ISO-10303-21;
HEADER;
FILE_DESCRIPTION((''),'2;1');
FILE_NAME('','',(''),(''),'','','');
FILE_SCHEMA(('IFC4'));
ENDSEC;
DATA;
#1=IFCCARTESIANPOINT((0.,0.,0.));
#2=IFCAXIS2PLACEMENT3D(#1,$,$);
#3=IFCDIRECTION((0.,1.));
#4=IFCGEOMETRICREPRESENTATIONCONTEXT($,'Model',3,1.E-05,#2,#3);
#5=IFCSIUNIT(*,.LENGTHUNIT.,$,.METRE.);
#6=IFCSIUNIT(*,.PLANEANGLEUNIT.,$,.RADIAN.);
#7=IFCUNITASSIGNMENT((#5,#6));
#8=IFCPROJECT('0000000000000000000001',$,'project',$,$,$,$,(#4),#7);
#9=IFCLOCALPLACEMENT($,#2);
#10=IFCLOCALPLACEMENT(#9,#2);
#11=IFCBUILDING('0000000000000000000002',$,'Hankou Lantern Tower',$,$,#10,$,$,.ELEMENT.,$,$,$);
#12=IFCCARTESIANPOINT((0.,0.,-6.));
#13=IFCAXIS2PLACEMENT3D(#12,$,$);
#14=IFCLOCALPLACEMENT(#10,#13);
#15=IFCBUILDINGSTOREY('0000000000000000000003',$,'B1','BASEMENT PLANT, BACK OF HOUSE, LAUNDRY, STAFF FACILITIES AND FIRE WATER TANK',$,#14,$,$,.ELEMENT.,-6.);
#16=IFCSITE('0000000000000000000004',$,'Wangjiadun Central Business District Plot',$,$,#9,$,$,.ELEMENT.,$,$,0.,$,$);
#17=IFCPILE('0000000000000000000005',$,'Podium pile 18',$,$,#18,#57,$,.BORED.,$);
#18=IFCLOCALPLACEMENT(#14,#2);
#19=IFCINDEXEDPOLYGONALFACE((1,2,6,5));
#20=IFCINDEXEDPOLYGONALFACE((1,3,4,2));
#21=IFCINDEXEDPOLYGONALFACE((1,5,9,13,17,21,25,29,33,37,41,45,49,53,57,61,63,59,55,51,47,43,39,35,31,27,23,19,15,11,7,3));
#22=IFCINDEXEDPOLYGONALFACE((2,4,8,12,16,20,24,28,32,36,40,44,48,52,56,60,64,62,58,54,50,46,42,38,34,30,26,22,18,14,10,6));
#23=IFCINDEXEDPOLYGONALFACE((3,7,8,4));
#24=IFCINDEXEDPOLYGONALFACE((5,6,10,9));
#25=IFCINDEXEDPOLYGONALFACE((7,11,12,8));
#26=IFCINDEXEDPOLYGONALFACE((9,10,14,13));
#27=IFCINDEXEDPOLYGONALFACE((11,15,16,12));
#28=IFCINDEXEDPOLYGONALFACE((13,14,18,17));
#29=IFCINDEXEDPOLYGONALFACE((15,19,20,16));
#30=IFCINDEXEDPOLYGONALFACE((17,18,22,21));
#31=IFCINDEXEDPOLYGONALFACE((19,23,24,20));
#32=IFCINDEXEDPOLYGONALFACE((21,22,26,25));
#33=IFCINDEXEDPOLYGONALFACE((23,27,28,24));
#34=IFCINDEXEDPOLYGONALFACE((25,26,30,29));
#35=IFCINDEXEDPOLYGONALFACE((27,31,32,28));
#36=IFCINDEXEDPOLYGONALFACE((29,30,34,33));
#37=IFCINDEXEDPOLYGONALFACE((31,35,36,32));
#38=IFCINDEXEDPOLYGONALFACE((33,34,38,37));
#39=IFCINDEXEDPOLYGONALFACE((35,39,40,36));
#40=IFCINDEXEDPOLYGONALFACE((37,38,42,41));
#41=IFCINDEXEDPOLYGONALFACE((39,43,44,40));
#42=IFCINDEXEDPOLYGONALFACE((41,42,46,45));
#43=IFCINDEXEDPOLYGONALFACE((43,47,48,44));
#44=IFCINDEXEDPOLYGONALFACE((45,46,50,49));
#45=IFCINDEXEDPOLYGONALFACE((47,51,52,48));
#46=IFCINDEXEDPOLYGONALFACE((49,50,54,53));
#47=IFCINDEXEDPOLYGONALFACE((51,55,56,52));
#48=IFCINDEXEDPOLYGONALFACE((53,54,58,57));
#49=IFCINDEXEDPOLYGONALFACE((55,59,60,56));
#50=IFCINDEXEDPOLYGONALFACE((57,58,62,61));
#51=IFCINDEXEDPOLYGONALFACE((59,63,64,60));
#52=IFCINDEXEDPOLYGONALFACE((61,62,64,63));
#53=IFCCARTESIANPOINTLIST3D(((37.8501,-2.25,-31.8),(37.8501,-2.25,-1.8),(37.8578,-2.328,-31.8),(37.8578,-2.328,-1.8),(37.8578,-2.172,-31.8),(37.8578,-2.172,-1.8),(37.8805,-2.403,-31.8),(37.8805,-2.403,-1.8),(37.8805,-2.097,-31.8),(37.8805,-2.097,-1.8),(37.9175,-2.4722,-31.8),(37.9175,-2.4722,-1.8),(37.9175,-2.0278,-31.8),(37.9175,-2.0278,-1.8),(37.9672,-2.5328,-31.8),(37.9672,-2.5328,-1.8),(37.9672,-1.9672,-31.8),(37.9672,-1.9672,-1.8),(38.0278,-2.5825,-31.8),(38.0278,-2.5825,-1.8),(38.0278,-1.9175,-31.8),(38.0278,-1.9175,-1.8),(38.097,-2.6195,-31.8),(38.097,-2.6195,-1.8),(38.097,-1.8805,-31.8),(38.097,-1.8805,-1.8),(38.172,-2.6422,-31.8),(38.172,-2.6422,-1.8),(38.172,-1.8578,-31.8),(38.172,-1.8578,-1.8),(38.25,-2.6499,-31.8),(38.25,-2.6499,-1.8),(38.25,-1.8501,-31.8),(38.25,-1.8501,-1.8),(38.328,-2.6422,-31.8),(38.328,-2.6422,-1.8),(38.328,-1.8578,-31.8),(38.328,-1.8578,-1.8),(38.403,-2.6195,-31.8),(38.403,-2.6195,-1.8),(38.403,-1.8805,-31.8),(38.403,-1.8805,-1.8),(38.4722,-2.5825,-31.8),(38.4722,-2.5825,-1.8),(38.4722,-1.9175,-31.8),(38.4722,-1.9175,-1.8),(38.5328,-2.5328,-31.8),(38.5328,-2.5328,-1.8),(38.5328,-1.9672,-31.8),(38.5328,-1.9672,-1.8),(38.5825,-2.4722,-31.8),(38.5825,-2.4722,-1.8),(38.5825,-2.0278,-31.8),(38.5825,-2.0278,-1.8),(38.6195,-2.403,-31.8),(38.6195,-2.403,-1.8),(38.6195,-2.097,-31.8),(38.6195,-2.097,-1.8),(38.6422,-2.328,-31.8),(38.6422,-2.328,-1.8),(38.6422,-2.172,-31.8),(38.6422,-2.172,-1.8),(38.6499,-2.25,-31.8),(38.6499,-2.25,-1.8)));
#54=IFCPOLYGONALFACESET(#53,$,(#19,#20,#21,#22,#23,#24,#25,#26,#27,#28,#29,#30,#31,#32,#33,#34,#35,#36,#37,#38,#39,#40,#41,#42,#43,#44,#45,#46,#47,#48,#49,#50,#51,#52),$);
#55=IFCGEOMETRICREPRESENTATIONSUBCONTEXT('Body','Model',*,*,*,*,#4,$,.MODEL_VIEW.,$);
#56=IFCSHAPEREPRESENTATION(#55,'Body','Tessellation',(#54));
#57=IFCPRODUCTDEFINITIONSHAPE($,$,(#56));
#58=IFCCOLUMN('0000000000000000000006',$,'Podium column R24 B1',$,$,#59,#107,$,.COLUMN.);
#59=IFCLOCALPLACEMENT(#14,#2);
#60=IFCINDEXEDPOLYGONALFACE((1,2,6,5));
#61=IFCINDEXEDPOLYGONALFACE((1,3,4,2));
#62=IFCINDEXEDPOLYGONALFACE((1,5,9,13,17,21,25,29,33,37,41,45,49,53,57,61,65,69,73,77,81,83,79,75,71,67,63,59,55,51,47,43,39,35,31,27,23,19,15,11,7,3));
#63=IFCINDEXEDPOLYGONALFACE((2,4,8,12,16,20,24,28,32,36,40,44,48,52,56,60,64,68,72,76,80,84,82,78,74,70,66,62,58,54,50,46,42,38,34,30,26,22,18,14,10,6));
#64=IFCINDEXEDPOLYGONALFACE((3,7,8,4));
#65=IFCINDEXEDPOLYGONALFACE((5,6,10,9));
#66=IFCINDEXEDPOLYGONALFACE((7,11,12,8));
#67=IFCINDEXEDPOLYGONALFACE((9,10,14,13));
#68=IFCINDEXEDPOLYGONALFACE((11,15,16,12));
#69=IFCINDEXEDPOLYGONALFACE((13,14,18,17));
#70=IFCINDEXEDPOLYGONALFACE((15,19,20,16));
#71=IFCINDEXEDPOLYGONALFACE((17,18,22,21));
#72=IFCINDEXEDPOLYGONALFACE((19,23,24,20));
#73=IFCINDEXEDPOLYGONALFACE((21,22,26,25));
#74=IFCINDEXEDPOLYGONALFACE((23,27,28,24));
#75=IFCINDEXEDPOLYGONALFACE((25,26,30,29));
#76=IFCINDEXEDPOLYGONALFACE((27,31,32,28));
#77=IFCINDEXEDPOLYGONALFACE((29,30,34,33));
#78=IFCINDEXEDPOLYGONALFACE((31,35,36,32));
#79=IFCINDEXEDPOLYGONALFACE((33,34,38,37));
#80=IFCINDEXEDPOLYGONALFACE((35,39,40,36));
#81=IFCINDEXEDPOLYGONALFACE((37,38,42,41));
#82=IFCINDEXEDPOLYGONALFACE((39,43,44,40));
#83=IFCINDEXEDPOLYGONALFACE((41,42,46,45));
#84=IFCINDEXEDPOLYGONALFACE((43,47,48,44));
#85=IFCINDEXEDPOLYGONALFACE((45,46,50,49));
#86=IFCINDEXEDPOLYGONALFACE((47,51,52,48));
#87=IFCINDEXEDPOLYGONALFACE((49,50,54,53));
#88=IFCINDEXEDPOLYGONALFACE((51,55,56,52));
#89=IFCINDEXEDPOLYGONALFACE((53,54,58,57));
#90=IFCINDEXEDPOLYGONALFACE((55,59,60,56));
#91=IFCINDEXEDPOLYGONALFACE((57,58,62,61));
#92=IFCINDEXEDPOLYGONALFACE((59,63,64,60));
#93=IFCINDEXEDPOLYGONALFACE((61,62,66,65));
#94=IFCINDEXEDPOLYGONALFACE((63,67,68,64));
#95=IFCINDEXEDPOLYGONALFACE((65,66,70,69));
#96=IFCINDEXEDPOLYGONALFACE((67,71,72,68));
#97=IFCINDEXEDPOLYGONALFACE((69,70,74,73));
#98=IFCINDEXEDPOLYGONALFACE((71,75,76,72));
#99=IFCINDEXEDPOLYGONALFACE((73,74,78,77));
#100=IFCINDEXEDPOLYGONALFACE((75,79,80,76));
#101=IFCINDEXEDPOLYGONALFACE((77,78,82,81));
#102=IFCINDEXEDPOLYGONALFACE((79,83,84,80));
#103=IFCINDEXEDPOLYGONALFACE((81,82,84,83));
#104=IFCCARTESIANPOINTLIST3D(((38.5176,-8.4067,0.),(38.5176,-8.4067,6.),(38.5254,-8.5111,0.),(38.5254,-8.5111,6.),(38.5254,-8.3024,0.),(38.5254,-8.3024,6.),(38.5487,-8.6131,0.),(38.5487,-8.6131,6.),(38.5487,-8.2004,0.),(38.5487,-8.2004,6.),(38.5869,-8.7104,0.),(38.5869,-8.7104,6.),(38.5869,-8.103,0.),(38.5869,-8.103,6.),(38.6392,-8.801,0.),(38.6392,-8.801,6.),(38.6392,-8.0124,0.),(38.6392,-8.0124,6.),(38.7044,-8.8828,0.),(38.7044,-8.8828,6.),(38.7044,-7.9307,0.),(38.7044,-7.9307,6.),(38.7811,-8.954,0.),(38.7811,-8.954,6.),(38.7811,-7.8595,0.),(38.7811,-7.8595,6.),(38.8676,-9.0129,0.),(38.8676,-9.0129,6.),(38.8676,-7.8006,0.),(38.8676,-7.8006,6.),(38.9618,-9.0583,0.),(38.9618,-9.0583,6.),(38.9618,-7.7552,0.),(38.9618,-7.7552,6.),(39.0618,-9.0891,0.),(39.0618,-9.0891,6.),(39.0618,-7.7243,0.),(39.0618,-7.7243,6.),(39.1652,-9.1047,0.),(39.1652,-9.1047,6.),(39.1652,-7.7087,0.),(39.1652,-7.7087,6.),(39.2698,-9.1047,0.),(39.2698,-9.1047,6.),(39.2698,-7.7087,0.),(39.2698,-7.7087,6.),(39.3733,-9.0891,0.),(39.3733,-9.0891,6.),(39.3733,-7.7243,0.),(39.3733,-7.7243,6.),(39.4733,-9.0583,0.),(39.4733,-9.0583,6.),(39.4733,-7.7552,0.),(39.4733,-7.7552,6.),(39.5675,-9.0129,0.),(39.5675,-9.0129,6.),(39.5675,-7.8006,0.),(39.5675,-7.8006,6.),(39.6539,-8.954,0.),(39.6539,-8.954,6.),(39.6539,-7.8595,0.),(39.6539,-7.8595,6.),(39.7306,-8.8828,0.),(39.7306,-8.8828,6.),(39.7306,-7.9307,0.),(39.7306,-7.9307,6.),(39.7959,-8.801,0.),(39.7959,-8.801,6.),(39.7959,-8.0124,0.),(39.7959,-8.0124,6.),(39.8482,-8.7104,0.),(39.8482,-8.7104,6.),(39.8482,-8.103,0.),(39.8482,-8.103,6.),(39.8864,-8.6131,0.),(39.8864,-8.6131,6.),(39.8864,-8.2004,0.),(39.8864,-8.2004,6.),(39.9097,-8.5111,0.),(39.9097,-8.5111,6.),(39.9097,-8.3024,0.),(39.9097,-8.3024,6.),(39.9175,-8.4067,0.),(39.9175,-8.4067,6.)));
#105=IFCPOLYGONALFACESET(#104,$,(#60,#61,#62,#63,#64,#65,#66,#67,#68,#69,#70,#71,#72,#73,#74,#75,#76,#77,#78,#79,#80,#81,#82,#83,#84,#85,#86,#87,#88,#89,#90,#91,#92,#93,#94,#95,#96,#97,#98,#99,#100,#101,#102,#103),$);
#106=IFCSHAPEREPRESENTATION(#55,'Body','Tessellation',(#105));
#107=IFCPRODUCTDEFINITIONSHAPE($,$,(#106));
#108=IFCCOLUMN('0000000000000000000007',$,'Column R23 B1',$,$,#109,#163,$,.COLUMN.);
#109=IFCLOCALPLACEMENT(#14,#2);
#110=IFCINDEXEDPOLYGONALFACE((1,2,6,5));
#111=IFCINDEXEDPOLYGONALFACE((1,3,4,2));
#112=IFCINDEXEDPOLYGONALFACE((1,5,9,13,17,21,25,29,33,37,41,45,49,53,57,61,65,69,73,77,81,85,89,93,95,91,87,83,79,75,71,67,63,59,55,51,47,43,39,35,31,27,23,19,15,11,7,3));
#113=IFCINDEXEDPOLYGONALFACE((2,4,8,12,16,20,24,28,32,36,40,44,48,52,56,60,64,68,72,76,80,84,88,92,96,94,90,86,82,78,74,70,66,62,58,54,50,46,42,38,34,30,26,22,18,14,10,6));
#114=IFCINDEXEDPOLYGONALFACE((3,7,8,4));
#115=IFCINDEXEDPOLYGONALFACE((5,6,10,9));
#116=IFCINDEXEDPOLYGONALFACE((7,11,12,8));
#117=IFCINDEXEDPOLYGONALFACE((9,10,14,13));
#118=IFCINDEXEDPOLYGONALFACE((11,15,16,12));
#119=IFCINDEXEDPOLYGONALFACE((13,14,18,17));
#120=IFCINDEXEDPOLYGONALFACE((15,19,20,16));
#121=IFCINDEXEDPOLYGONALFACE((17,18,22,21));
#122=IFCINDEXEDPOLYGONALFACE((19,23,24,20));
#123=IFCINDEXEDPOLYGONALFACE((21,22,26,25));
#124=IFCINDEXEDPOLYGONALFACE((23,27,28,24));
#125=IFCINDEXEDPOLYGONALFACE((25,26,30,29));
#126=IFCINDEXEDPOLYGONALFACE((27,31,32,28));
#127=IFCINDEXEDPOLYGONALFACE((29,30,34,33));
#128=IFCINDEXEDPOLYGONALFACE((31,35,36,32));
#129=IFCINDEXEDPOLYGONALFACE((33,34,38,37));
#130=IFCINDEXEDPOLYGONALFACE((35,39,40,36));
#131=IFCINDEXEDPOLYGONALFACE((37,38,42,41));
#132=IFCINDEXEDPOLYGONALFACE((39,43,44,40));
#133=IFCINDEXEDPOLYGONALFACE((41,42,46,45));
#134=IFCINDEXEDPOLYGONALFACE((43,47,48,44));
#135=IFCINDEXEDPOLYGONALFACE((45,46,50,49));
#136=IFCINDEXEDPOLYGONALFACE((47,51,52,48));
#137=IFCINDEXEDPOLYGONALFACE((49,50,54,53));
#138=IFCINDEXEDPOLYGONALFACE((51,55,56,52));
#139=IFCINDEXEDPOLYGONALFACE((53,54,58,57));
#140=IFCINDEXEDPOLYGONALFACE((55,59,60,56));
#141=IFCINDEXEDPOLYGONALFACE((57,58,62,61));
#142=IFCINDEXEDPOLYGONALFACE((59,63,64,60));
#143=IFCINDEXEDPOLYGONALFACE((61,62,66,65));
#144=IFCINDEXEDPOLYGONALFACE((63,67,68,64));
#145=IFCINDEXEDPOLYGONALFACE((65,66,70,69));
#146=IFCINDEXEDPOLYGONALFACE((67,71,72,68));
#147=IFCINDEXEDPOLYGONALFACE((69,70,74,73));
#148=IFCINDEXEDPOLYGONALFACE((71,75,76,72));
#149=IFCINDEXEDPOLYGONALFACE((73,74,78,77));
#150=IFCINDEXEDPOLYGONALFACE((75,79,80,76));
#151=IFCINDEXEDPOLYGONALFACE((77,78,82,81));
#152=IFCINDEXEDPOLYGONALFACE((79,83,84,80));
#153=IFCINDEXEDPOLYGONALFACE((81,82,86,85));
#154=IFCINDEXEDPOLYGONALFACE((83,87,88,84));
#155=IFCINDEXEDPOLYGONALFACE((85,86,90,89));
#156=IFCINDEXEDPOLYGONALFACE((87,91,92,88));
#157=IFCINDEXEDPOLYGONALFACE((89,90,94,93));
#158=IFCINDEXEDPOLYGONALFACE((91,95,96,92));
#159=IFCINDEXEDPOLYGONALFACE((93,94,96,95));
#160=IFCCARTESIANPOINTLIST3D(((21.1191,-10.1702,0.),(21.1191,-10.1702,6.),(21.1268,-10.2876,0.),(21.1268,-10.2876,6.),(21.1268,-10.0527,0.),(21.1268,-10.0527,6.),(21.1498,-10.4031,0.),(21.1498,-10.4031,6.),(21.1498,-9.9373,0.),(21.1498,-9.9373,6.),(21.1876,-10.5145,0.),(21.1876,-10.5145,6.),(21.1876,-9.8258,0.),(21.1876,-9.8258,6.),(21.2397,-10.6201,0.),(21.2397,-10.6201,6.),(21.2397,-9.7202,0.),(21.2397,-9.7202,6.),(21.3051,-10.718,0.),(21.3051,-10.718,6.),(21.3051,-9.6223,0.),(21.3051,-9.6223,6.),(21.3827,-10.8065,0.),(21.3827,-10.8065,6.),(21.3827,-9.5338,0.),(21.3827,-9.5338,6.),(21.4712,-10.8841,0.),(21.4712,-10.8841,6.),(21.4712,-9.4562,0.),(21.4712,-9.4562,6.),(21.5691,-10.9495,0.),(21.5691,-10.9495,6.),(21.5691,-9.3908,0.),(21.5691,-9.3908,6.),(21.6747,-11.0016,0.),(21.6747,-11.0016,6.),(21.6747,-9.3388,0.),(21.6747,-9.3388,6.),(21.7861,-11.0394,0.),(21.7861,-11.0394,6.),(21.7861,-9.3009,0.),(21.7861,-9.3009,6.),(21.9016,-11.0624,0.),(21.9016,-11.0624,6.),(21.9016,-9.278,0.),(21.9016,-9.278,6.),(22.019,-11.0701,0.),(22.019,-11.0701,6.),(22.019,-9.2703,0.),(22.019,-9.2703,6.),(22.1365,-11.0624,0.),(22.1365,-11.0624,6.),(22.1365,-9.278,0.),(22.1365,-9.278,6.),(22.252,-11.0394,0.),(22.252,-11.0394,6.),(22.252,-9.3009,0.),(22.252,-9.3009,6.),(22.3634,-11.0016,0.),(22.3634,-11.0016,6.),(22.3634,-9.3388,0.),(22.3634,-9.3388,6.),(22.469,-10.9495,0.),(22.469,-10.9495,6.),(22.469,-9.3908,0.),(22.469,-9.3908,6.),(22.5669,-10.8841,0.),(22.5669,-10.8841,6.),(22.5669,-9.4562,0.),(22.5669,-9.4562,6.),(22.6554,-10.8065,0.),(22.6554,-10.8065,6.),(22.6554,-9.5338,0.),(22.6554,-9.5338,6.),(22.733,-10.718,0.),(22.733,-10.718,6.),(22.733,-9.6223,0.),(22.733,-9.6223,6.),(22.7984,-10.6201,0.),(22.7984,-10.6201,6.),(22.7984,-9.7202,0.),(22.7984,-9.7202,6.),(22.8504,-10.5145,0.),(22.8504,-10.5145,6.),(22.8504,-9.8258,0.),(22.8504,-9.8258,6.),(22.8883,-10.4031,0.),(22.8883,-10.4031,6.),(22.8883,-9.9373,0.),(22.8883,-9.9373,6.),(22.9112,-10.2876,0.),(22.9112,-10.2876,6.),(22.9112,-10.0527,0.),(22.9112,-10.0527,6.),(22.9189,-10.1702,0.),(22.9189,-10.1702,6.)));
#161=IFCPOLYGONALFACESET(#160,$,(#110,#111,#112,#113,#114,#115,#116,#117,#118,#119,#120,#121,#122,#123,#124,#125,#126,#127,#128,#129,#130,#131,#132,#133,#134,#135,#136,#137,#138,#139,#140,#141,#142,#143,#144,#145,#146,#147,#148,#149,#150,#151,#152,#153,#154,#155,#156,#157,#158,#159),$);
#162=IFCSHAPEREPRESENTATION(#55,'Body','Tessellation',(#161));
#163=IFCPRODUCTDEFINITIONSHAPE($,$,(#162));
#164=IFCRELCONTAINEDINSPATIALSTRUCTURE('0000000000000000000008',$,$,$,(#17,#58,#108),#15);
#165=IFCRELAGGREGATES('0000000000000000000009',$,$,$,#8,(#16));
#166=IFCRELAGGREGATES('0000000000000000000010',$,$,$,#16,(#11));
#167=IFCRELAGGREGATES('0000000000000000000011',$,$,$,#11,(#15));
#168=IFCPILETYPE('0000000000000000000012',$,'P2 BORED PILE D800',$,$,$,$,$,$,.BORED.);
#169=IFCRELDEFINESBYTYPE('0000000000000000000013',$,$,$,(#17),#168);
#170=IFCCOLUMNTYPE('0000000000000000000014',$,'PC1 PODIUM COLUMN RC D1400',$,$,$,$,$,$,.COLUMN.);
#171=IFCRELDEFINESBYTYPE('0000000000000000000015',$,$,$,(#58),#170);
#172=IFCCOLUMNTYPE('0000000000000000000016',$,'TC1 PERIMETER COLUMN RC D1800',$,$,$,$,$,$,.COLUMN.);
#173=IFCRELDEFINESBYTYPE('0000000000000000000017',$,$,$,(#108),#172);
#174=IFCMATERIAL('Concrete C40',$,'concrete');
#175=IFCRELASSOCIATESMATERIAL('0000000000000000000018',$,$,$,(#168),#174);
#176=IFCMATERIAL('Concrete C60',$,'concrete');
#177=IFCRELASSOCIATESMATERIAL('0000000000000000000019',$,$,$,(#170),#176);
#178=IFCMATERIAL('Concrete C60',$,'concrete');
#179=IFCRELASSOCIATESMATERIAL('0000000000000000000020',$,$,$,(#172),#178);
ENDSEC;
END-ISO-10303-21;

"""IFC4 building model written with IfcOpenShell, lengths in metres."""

from ifc_helpers import new_model, si_unit, direction, frame, origin, origin_2d, place, context, subcontext, project, spatial, circle, extrude, material, material_profile, profile_set, type_object, element, save


model = new_model("IFC4")

# Units and contexts
model_context = context("Model", 3, precision=1e-05, world=origin(), true_north=direction((0.0, 1.0)))
body_context = subcontext(model_context, "Body", "Model", "MODEL_VIEW")
ifc_project = project(units=[si_unit("LENGTHUNIT", "METRE"), si_unit("PLANEANGLEUNIT", "RADIAN")], contexts=[model_context])

# Site, building, storey
site_placement = place(None, origin())
site = spatial("IfcSite", under=ifc_project, at=site_placement, Name="Wangjiadun Central Business District Plot", CompositionType="ELEMENT", RefElevation=0.0)
building_placement = place(site_placement, origin())
building = spatial("IfcBuilding", under=site, at=building_placement, Name="Hankou Lantern Tower", CompositionType="ELEMENT")
storey_placement = place(building_placement, frame((0.0, 0.0, -6.0)))
storey = spatial("IfcBuildingStorey", under=building, at=storey_placement, Name="B1", Description="BASEMENT PLANT, BACK OF HOUSE, LAUNDRY, STAFF FACILITIES AND FIRE WATER TANK", CompositionType="ELEMENT", Elevation=-6.0)

# Pile
ifc_material_1 = material(Name="Concrete C40", Category="concrete")
ifc_material_profile_1 = material_profile(ifc_material_1, circle(Radius=0.3999, at=origin_2d()), Name="RC D800")
ifc_profile_set_1 = profile_set([ifc_material_profile_1], Name="Concrete C40")
pile_type_1 = type_object("IfcPileType", Name="P2 BORED PILE D800", PredefinedType="BORED", material=ifc_profile_set_1)
for number, where, z_axis, x_axis, name in (
    (1, (38.25, -2.25, -1.8), (0.0, 0.0, -1.0), (1.0, 0.0, 0.0), "Podium pile 18"),
):
    element("IfcPile", number, at=place(storey_placement, frame(where, z_axis=z_axis, x_axis=x_axis)), inside=storey, type_object=pile_type_1, Name=name, PredefinedType="BORED", context=body_context, shape_type="SweptSolid", body=[
        extrude(circle(Radius=0.3999, at=origin_2d()), origin(), (0.0, 0.0, 1.0), 30.0),
    ])

# Columns
ifc_material_2 = material(Name="Concrete C60", Category="concrete")
ifc_material_profile_2 = material_profile(ifc_material_2, circle(Radius=0.7, at=origin_2d()), Name="RC D1400")
ifc_profile_set_2 = profile_set([ifc_material_profile_2], Name="Concrete C60")
column_type_1 = type_object("IfcColumnType", Name="PC1 PODIUM COLUMN RC D1400", PredefinedType="COLUMN", material=ifc_profile_set_2)
column_placement = place(storey_placement, frame((39.2175, -8.4067, 0.0), z_axis=(0.0, 0.0, 1.0), x_axis=(1.0, 0.0, 0.0)))
element("IfcColumn", 2, at=column_placement, inside=storey, type_object=column_type_1, Name="Podium column R24 B1", PredefinedType="COLUMN", context=body_context, shape_type="SweptSolid", body=[
    extrude(circle(Radius=0.7, at=origin_2d()), origin(), (0.0, 0.0, 1.0), 6.0),
])
ifc_material_3 = material(Name="Concrete C60", Category="concrete")
ifc_material_profile_3 = material_profile(ifc_material_3, circle(Radius=0.8999, at=origin_2d()), Name="RC D1800")
ifc_profile_set_3 = profile_set([ifc_material_profile_3], Name="Concrete C60")
column_type_2 = type_object("IfcColumnType", Name="TC1 PERIMETER COLUMN RC D1800", PredefinedType="COLUMN", material=ifc_profile_set_3)
for number, where, z_axis, x_axis, name in (
    (3, (22.019, -10.1702, 0.0), (0.0, 0.0, 1.0), (1.0, 0.0, 0.0), "Column R23 B1"),
):
    element("IfcColumn", number, at=place(storey_placement, frame(where, z_axis=z_axis, x_axis=x_axis)), inside=storey, type_object=column_type_2, Name=name, PredefinedType="COLUMN", context=body_context, shape_type="SweptSolid", body=[
        extrude(circle(Radius=0.8999, at=origin_2d()), origin(), (0.0, 0.0, 1.0), 6.0),
    ])

save(model, "model.ifc")
